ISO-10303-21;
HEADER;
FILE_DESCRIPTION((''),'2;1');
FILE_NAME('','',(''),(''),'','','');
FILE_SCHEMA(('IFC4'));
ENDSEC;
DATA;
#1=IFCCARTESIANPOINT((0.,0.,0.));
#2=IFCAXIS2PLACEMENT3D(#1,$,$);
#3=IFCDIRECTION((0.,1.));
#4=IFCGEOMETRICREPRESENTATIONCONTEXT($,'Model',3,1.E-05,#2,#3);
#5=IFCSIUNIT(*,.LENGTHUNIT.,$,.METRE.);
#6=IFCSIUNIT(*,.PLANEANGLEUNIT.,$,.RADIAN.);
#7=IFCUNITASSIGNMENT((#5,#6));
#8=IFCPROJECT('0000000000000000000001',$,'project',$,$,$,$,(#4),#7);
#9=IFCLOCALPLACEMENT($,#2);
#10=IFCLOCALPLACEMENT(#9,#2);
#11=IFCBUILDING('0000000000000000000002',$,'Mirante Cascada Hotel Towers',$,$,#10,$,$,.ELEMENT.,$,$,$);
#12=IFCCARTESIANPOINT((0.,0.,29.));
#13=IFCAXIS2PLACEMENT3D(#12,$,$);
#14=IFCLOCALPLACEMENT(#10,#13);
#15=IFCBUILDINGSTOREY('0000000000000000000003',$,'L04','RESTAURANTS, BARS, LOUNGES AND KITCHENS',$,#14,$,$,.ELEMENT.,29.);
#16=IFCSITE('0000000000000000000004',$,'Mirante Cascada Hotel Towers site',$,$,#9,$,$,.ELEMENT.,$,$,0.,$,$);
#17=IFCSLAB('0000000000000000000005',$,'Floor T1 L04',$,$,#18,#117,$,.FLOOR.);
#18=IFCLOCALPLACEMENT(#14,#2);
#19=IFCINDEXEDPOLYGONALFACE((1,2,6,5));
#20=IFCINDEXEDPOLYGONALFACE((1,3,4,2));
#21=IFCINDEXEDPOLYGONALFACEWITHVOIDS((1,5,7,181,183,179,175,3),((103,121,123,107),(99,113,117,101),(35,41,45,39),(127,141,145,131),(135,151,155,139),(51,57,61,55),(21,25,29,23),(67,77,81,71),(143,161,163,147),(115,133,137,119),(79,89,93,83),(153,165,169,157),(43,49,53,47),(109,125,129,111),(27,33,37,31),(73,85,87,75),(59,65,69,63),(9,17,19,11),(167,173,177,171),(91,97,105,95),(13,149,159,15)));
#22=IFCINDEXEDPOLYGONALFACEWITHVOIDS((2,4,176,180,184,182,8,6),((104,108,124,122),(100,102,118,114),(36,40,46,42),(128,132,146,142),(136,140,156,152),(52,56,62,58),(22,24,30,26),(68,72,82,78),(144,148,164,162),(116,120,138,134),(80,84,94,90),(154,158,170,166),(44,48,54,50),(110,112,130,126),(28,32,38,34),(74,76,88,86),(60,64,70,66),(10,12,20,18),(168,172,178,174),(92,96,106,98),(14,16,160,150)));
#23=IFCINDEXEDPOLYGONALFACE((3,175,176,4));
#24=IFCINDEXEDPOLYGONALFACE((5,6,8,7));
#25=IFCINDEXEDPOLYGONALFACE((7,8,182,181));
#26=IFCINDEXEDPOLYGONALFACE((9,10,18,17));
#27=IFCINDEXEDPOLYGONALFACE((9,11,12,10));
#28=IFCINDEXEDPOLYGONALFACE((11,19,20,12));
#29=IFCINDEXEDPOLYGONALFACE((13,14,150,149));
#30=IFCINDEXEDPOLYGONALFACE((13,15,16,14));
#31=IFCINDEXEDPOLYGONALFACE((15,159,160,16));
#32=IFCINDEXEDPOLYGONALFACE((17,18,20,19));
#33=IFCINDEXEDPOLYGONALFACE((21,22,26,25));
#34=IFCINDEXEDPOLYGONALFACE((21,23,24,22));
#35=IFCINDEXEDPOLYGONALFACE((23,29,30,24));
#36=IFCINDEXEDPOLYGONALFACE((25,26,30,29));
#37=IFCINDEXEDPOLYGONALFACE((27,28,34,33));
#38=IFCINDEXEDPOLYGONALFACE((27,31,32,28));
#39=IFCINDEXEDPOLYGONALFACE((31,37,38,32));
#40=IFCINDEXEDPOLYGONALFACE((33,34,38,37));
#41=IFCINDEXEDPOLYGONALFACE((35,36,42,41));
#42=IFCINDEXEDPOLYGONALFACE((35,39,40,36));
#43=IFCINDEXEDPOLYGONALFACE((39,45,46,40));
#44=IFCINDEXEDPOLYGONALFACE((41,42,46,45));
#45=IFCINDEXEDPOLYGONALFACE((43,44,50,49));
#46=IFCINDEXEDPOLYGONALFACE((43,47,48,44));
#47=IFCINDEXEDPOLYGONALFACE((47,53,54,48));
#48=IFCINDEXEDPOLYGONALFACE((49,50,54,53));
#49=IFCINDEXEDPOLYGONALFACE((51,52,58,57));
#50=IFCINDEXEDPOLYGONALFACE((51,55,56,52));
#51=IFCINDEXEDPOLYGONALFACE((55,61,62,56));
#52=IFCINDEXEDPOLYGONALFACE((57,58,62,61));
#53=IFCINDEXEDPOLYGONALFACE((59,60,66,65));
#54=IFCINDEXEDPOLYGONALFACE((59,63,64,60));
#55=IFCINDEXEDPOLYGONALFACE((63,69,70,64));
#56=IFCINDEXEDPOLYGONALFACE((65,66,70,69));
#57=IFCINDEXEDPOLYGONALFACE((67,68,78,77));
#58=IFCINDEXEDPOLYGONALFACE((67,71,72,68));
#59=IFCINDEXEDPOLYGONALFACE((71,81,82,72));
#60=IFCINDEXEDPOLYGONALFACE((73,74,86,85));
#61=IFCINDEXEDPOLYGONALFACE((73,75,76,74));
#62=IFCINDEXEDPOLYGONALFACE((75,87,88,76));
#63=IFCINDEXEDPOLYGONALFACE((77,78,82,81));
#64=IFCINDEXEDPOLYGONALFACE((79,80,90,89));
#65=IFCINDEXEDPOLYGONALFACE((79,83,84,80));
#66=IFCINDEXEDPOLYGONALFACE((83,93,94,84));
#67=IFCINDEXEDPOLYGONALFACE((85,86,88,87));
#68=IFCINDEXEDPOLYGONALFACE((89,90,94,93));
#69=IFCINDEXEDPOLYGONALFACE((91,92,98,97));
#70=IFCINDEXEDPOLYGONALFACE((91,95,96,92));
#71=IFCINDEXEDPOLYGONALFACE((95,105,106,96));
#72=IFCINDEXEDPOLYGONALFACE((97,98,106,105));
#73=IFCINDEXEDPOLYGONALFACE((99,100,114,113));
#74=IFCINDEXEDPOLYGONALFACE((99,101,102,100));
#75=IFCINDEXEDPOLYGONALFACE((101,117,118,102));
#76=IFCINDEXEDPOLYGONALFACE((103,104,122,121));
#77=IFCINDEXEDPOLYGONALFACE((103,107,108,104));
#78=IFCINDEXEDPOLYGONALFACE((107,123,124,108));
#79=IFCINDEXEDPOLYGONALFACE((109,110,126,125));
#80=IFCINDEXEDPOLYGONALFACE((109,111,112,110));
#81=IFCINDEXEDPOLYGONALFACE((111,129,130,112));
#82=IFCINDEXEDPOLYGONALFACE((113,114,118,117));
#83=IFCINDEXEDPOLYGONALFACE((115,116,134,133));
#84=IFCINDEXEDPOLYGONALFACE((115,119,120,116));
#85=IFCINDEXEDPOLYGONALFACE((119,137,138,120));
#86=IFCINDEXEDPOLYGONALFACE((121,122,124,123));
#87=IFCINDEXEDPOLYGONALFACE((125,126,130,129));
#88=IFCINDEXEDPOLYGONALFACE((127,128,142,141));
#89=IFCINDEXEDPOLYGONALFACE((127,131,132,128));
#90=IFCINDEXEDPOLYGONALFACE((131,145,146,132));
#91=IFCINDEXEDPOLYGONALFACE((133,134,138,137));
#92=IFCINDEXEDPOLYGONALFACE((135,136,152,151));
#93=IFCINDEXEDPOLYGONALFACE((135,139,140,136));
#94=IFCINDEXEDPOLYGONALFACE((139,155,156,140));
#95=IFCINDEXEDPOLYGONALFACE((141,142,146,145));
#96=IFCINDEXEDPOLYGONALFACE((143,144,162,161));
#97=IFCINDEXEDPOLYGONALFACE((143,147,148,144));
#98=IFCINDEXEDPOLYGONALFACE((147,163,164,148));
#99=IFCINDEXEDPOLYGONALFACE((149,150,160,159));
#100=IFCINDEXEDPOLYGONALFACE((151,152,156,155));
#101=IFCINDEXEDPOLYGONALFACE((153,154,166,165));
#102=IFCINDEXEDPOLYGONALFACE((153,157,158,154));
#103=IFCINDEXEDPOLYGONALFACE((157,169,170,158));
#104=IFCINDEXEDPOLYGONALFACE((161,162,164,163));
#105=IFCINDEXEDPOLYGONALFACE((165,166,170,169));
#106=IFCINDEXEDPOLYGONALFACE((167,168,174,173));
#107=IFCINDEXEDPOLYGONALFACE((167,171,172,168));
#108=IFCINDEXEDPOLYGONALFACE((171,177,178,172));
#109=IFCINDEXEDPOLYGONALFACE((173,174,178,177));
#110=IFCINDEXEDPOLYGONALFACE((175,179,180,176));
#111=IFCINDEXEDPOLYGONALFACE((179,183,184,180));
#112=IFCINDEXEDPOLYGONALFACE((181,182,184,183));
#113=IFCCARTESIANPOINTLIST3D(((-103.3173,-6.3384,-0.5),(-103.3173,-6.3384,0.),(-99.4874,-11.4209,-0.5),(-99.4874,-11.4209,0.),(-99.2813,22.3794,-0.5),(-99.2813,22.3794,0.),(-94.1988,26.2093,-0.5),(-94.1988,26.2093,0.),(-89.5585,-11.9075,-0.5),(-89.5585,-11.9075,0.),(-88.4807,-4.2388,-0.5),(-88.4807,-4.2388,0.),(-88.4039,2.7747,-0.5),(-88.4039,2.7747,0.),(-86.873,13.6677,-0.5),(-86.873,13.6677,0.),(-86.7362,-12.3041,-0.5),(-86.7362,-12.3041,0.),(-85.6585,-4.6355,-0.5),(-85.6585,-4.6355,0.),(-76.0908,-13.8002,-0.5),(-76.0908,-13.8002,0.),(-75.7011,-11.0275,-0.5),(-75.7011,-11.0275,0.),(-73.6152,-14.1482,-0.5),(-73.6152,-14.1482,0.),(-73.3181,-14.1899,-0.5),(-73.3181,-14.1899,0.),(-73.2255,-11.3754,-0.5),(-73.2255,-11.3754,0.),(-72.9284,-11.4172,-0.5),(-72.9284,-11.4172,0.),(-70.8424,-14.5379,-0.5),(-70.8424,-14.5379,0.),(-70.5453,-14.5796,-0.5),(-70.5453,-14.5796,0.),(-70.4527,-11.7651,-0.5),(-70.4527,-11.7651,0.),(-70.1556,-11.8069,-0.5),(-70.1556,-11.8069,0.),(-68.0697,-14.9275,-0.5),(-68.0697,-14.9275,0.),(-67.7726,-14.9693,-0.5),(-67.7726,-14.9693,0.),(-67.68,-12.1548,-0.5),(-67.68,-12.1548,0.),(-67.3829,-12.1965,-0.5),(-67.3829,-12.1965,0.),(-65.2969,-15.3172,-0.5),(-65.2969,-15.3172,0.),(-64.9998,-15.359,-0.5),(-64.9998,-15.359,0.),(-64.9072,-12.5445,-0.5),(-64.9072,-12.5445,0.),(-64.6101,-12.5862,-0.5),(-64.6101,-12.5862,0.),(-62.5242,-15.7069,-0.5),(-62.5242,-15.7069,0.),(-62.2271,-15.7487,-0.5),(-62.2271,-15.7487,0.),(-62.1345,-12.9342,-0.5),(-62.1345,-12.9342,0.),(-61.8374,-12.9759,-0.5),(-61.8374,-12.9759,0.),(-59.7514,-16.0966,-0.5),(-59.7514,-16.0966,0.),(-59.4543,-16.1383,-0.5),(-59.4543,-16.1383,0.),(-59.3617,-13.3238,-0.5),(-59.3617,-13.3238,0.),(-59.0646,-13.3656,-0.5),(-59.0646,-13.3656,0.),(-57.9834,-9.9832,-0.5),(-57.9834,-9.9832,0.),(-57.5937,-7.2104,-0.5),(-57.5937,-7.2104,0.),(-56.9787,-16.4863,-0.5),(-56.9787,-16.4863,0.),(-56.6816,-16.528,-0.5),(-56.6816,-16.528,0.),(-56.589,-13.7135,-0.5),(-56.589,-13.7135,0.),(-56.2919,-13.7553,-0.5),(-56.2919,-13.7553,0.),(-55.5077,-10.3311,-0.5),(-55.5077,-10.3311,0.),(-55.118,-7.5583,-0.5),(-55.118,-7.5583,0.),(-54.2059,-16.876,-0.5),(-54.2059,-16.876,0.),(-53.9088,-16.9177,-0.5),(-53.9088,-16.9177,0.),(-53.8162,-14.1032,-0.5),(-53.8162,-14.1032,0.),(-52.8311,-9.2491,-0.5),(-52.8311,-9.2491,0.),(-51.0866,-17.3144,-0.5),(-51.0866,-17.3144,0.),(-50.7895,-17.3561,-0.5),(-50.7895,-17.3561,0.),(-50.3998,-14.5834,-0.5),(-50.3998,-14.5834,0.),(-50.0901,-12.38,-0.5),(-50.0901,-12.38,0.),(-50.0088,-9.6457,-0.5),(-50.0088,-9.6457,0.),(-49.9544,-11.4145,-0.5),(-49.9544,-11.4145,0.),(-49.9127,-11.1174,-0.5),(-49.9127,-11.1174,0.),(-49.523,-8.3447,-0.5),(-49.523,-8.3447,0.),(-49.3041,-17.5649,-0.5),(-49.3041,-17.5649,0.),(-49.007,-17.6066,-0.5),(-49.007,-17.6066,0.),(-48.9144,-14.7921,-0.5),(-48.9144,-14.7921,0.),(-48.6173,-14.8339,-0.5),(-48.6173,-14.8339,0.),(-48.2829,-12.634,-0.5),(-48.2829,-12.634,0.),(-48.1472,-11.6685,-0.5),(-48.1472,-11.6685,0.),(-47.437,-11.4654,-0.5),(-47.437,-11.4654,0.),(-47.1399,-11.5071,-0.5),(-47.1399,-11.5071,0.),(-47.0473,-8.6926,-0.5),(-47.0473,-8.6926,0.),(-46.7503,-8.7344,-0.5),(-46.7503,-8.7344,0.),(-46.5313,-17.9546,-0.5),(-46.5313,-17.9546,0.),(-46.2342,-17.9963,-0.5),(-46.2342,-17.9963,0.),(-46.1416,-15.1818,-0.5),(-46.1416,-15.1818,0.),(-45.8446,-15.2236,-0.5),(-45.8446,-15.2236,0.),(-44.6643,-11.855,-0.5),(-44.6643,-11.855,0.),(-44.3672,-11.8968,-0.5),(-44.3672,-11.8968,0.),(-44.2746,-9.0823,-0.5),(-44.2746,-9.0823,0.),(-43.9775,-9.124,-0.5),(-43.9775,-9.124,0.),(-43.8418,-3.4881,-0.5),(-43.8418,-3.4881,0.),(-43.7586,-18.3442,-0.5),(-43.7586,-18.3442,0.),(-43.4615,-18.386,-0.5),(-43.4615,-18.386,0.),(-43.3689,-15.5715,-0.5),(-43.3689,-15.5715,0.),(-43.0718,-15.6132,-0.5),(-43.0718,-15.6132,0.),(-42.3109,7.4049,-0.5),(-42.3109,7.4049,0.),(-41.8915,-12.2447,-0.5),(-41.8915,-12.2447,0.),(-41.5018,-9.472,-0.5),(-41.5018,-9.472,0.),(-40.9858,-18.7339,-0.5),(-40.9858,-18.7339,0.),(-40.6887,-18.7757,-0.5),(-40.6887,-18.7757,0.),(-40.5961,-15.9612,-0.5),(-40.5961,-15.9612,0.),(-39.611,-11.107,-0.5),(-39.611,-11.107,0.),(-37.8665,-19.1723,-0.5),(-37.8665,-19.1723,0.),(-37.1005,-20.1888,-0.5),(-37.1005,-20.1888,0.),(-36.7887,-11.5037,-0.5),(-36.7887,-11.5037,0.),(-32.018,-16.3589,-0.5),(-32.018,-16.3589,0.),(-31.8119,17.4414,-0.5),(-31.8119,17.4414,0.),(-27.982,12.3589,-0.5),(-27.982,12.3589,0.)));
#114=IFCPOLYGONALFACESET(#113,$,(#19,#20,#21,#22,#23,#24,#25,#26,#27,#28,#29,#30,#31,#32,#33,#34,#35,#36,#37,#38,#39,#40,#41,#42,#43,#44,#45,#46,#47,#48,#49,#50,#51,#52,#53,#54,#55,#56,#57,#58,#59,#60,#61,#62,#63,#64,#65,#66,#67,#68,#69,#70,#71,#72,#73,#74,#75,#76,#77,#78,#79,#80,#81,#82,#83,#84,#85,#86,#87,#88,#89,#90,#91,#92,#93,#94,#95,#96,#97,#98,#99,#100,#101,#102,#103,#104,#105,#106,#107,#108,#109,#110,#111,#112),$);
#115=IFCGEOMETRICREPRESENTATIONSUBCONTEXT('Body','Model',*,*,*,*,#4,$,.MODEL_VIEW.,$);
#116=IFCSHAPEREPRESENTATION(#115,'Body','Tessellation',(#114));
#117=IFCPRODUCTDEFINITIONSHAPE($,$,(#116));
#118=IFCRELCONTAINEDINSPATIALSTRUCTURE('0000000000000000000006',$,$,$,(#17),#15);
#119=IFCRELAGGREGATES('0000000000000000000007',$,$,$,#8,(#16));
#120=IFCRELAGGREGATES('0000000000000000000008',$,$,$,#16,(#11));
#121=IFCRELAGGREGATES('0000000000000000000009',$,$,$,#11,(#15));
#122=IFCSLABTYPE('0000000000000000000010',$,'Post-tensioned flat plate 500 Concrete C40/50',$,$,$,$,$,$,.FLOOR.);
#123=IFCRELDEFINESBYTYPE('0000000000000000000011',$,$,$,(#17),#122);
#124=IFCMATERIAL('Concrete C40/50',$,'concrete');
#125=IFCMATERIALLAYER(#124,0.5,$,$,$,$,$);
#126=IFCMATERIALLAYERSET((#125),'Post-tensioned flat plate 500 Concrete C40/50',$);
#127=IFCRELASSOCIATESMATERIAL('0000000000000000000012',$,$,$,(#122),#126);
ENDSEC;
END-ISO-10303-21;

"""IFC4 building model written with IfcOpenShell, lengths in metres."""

from ifc_helpers import new_model, si_unit, direction, frame, origin, place, context, subcontext, project, spatial, polyline, outline, extrude, material, layer, layer_set, type_object, element, save


model = new_model("IFC4")

# Units and contexts
model_context = context("Model", 3, precision=1e-05, world=origin(), true_north=direction((0.0, 1.0)))
body_context = subcontext(model_context, "Body", "Model", "MODEL_VIEW")
ifc_project = project(units=[si_unit("LENGTHUNIT", "METRE"), si_unit("PLANEANGLEUNIT", "RADIAN")], contexts=[model_context])

# Site, building, storey
site_placement = place(None, origin())
site = spatial("IfcSite", under=ifc_project, at=site_placement, Name="Mirante Cascada Hotel Towers site", CompositionType="ELEMENT", RefElevation=0.0)
building_placement = place(site_placement, origin())
building = spatial("IfcBuilding", under=site, at=building_placement, Name="Mirante Cascada Hotel Towers", CompositionType="ELEMENT")
storey_placement = place(building_placement, frame((0.0, 0.0, 29.0)))
storey = spatial("IfcBuildingStorey", under=building, at=storey_placement, Name="L04", Description="RESTAURANTS, BARS, LOUNGES AND KITCHENS", CompositionType="ELEMENT", Elevation=29.0)

# Slab
ifc_material_1 = material(Name="Concrete C40/50", Category="concrete")
ifc_layer_1 = layer(ifc_material_1, 0.5)
ifc_layer_set_1 = layer_set([ifc_layer_1], Name="Post-tensioned flat plate 500 Concrete C40/50")
slab_type_1 = type_object("IfcSlabType", Name="Post-tensioned flat plate 500 Concrete C40/50", PredefinedType="FLOOR", material=ifc_layer_set_1)
slab_1_placement = place(storey_placement, frame((0.0, 0.0, -0.5)))
element("IfcSlab", 1, at=slab_1_placement, inside=storey, type_object=slab_type_1, Name="Floor T1 L04", PredefinedType="FLOOR", context=body_context, shape_type="SweptSolid", body=[
    extrude(outline(polyline([(-32.018, -16.3589), (-27.982, 12.3589), (-31.8119, 17.4414), (-94.1988, 26.2093), (-99.2813, 22.3794), (-103.3173, -6.3384), (-99.4874, -11.4209), (-37.1005, -20.1888), (-32.018, -16.3589)]), holes=[polyline([(-43.0718, -15.6132), (-40.5961, -15.9612), (-40.9858, -18.7339), (-43.4615, -18.386), (-43.0718, -15.6132)]), polyline([(-45.8446, -15.2236), (-43.3689, -15.5715), (-43.7586, -18.3442), (-46.2342, -17.9963), (-45.8446, -15.2236)]), polyline([(-48.6173, -14.8339), (-46.1416, -15.1818), (-46.5313, -17.9546), (-49.007, -17.6066), (-48.6173, -14.8339)]), polyline([(-50.7895, -17.3561), (-50.3998, -14.5834), (-48.9144, -14.7921), (-49.3041, -17.5649), (-50.7895, -17.3561)]), polyline([(-56.6816, -16.528), (-56.2919, -13.7553), (-53.8162, -14.1032), (-54.2059, -16.876), (-56.6816, -16.528)]), polyline([(-36.7887, -11.5037), (-37.8665, -19.1723), (-40.6887, -18.7757), (-39.611, -11.107), (-36.7887, -11.5037)]), polyline([(-50.0088, -9.6457), (-51.0866, -17.3144), (-53.9088, -16.9177), (-52.8311, -9.2491), (-50.0088, -9.6457)]), polyline([(-49.9544, -11.4145), (-48.1472, -11.6685), (-48.2829, -12.634), (-50.0901, -12.38), (-49.9544, -11.4145)]), polyline([(-44.3672, -11.8968), (-43.9775, -9.124), (-41.5018, -9.472), (-41.8915, -12.2447), (-44.3672, -11.8968)]), polyline([(-47.1399, -11.5071), (-46.7503, -8.7344), (-44.2746, -9.0823), (-44.6643, -11.855), (-47.1399, -11.5071)]), polyline([(-49.523, -8.3447), (-47.0473, -8.6926), (-47.437, -11.4654), (-49.9127, -11.1174), (-49.523, -8.3447)]), polyline([(-59.0646, -13.3656), (-56.589, -13.7135), (-56.9787, -16.4863), (-59.4543, -16.1383), (-59.0646, -13.3656)]), polyline([(-61.8374, -12.9759), (-59.3617, -13.3238), (-59.7514, -16.0966), (-62.2271, -15.7487), (-61.8374, -12.9759)]), polyline([(-64.9998, -15.359), (-64.6101, -12.5862), (-62.1345, -12.9342), (-62.5242, -15.7069), (-64.9998, -15.359)]), polyline([(-67.7726, -14.9693), (-67.3829, -12.1965), (-64.9072, -12.5445), (-65.2969, -15.3172), (-67.7726, -14.9693)]), polyline([(-70.1556, -11.8069), (-67.68, -12.1548), (-68.0697, -14.9275), (-70.5453, -14.5796), (-70.1556, -11.8069)]), polyline([(-73.3181, -14.1899), (-72.9284, -11.4172), (-70.4527, -11.7651), (-70.8424, -14.5379), (-73.3181, -14.1899)]), polyline([(-76.0908, -13.8002), (-75.7011, -11.0275), (-73.2255, -11.3754), (-73.6152, -14.1482), (-76.0908, -13.8002)]), polyline([(-85.6585, -4.6355), (-86.7362, -12.3041), (-89.5585, -11.9075), (-88.4807, -4.2388), (-85.6585, -4.6355)]), polyline([(-57.9834, -9.9832), (-57.5937, -7.2104), (-55.118, -7.5583), (-55.5077, -10.3311), (-57.9834, -9.9832)]), polyline([(-88.4039, 2.7747), (-86.873, 13.6677), (-42.3109, 7.4049), (-43.8418, -3.4881), (-88.4039, 2.7747)])]), origin(), (0.0, 0.0, 1.0), 0.5),
])

save(model, "model.ifc")
